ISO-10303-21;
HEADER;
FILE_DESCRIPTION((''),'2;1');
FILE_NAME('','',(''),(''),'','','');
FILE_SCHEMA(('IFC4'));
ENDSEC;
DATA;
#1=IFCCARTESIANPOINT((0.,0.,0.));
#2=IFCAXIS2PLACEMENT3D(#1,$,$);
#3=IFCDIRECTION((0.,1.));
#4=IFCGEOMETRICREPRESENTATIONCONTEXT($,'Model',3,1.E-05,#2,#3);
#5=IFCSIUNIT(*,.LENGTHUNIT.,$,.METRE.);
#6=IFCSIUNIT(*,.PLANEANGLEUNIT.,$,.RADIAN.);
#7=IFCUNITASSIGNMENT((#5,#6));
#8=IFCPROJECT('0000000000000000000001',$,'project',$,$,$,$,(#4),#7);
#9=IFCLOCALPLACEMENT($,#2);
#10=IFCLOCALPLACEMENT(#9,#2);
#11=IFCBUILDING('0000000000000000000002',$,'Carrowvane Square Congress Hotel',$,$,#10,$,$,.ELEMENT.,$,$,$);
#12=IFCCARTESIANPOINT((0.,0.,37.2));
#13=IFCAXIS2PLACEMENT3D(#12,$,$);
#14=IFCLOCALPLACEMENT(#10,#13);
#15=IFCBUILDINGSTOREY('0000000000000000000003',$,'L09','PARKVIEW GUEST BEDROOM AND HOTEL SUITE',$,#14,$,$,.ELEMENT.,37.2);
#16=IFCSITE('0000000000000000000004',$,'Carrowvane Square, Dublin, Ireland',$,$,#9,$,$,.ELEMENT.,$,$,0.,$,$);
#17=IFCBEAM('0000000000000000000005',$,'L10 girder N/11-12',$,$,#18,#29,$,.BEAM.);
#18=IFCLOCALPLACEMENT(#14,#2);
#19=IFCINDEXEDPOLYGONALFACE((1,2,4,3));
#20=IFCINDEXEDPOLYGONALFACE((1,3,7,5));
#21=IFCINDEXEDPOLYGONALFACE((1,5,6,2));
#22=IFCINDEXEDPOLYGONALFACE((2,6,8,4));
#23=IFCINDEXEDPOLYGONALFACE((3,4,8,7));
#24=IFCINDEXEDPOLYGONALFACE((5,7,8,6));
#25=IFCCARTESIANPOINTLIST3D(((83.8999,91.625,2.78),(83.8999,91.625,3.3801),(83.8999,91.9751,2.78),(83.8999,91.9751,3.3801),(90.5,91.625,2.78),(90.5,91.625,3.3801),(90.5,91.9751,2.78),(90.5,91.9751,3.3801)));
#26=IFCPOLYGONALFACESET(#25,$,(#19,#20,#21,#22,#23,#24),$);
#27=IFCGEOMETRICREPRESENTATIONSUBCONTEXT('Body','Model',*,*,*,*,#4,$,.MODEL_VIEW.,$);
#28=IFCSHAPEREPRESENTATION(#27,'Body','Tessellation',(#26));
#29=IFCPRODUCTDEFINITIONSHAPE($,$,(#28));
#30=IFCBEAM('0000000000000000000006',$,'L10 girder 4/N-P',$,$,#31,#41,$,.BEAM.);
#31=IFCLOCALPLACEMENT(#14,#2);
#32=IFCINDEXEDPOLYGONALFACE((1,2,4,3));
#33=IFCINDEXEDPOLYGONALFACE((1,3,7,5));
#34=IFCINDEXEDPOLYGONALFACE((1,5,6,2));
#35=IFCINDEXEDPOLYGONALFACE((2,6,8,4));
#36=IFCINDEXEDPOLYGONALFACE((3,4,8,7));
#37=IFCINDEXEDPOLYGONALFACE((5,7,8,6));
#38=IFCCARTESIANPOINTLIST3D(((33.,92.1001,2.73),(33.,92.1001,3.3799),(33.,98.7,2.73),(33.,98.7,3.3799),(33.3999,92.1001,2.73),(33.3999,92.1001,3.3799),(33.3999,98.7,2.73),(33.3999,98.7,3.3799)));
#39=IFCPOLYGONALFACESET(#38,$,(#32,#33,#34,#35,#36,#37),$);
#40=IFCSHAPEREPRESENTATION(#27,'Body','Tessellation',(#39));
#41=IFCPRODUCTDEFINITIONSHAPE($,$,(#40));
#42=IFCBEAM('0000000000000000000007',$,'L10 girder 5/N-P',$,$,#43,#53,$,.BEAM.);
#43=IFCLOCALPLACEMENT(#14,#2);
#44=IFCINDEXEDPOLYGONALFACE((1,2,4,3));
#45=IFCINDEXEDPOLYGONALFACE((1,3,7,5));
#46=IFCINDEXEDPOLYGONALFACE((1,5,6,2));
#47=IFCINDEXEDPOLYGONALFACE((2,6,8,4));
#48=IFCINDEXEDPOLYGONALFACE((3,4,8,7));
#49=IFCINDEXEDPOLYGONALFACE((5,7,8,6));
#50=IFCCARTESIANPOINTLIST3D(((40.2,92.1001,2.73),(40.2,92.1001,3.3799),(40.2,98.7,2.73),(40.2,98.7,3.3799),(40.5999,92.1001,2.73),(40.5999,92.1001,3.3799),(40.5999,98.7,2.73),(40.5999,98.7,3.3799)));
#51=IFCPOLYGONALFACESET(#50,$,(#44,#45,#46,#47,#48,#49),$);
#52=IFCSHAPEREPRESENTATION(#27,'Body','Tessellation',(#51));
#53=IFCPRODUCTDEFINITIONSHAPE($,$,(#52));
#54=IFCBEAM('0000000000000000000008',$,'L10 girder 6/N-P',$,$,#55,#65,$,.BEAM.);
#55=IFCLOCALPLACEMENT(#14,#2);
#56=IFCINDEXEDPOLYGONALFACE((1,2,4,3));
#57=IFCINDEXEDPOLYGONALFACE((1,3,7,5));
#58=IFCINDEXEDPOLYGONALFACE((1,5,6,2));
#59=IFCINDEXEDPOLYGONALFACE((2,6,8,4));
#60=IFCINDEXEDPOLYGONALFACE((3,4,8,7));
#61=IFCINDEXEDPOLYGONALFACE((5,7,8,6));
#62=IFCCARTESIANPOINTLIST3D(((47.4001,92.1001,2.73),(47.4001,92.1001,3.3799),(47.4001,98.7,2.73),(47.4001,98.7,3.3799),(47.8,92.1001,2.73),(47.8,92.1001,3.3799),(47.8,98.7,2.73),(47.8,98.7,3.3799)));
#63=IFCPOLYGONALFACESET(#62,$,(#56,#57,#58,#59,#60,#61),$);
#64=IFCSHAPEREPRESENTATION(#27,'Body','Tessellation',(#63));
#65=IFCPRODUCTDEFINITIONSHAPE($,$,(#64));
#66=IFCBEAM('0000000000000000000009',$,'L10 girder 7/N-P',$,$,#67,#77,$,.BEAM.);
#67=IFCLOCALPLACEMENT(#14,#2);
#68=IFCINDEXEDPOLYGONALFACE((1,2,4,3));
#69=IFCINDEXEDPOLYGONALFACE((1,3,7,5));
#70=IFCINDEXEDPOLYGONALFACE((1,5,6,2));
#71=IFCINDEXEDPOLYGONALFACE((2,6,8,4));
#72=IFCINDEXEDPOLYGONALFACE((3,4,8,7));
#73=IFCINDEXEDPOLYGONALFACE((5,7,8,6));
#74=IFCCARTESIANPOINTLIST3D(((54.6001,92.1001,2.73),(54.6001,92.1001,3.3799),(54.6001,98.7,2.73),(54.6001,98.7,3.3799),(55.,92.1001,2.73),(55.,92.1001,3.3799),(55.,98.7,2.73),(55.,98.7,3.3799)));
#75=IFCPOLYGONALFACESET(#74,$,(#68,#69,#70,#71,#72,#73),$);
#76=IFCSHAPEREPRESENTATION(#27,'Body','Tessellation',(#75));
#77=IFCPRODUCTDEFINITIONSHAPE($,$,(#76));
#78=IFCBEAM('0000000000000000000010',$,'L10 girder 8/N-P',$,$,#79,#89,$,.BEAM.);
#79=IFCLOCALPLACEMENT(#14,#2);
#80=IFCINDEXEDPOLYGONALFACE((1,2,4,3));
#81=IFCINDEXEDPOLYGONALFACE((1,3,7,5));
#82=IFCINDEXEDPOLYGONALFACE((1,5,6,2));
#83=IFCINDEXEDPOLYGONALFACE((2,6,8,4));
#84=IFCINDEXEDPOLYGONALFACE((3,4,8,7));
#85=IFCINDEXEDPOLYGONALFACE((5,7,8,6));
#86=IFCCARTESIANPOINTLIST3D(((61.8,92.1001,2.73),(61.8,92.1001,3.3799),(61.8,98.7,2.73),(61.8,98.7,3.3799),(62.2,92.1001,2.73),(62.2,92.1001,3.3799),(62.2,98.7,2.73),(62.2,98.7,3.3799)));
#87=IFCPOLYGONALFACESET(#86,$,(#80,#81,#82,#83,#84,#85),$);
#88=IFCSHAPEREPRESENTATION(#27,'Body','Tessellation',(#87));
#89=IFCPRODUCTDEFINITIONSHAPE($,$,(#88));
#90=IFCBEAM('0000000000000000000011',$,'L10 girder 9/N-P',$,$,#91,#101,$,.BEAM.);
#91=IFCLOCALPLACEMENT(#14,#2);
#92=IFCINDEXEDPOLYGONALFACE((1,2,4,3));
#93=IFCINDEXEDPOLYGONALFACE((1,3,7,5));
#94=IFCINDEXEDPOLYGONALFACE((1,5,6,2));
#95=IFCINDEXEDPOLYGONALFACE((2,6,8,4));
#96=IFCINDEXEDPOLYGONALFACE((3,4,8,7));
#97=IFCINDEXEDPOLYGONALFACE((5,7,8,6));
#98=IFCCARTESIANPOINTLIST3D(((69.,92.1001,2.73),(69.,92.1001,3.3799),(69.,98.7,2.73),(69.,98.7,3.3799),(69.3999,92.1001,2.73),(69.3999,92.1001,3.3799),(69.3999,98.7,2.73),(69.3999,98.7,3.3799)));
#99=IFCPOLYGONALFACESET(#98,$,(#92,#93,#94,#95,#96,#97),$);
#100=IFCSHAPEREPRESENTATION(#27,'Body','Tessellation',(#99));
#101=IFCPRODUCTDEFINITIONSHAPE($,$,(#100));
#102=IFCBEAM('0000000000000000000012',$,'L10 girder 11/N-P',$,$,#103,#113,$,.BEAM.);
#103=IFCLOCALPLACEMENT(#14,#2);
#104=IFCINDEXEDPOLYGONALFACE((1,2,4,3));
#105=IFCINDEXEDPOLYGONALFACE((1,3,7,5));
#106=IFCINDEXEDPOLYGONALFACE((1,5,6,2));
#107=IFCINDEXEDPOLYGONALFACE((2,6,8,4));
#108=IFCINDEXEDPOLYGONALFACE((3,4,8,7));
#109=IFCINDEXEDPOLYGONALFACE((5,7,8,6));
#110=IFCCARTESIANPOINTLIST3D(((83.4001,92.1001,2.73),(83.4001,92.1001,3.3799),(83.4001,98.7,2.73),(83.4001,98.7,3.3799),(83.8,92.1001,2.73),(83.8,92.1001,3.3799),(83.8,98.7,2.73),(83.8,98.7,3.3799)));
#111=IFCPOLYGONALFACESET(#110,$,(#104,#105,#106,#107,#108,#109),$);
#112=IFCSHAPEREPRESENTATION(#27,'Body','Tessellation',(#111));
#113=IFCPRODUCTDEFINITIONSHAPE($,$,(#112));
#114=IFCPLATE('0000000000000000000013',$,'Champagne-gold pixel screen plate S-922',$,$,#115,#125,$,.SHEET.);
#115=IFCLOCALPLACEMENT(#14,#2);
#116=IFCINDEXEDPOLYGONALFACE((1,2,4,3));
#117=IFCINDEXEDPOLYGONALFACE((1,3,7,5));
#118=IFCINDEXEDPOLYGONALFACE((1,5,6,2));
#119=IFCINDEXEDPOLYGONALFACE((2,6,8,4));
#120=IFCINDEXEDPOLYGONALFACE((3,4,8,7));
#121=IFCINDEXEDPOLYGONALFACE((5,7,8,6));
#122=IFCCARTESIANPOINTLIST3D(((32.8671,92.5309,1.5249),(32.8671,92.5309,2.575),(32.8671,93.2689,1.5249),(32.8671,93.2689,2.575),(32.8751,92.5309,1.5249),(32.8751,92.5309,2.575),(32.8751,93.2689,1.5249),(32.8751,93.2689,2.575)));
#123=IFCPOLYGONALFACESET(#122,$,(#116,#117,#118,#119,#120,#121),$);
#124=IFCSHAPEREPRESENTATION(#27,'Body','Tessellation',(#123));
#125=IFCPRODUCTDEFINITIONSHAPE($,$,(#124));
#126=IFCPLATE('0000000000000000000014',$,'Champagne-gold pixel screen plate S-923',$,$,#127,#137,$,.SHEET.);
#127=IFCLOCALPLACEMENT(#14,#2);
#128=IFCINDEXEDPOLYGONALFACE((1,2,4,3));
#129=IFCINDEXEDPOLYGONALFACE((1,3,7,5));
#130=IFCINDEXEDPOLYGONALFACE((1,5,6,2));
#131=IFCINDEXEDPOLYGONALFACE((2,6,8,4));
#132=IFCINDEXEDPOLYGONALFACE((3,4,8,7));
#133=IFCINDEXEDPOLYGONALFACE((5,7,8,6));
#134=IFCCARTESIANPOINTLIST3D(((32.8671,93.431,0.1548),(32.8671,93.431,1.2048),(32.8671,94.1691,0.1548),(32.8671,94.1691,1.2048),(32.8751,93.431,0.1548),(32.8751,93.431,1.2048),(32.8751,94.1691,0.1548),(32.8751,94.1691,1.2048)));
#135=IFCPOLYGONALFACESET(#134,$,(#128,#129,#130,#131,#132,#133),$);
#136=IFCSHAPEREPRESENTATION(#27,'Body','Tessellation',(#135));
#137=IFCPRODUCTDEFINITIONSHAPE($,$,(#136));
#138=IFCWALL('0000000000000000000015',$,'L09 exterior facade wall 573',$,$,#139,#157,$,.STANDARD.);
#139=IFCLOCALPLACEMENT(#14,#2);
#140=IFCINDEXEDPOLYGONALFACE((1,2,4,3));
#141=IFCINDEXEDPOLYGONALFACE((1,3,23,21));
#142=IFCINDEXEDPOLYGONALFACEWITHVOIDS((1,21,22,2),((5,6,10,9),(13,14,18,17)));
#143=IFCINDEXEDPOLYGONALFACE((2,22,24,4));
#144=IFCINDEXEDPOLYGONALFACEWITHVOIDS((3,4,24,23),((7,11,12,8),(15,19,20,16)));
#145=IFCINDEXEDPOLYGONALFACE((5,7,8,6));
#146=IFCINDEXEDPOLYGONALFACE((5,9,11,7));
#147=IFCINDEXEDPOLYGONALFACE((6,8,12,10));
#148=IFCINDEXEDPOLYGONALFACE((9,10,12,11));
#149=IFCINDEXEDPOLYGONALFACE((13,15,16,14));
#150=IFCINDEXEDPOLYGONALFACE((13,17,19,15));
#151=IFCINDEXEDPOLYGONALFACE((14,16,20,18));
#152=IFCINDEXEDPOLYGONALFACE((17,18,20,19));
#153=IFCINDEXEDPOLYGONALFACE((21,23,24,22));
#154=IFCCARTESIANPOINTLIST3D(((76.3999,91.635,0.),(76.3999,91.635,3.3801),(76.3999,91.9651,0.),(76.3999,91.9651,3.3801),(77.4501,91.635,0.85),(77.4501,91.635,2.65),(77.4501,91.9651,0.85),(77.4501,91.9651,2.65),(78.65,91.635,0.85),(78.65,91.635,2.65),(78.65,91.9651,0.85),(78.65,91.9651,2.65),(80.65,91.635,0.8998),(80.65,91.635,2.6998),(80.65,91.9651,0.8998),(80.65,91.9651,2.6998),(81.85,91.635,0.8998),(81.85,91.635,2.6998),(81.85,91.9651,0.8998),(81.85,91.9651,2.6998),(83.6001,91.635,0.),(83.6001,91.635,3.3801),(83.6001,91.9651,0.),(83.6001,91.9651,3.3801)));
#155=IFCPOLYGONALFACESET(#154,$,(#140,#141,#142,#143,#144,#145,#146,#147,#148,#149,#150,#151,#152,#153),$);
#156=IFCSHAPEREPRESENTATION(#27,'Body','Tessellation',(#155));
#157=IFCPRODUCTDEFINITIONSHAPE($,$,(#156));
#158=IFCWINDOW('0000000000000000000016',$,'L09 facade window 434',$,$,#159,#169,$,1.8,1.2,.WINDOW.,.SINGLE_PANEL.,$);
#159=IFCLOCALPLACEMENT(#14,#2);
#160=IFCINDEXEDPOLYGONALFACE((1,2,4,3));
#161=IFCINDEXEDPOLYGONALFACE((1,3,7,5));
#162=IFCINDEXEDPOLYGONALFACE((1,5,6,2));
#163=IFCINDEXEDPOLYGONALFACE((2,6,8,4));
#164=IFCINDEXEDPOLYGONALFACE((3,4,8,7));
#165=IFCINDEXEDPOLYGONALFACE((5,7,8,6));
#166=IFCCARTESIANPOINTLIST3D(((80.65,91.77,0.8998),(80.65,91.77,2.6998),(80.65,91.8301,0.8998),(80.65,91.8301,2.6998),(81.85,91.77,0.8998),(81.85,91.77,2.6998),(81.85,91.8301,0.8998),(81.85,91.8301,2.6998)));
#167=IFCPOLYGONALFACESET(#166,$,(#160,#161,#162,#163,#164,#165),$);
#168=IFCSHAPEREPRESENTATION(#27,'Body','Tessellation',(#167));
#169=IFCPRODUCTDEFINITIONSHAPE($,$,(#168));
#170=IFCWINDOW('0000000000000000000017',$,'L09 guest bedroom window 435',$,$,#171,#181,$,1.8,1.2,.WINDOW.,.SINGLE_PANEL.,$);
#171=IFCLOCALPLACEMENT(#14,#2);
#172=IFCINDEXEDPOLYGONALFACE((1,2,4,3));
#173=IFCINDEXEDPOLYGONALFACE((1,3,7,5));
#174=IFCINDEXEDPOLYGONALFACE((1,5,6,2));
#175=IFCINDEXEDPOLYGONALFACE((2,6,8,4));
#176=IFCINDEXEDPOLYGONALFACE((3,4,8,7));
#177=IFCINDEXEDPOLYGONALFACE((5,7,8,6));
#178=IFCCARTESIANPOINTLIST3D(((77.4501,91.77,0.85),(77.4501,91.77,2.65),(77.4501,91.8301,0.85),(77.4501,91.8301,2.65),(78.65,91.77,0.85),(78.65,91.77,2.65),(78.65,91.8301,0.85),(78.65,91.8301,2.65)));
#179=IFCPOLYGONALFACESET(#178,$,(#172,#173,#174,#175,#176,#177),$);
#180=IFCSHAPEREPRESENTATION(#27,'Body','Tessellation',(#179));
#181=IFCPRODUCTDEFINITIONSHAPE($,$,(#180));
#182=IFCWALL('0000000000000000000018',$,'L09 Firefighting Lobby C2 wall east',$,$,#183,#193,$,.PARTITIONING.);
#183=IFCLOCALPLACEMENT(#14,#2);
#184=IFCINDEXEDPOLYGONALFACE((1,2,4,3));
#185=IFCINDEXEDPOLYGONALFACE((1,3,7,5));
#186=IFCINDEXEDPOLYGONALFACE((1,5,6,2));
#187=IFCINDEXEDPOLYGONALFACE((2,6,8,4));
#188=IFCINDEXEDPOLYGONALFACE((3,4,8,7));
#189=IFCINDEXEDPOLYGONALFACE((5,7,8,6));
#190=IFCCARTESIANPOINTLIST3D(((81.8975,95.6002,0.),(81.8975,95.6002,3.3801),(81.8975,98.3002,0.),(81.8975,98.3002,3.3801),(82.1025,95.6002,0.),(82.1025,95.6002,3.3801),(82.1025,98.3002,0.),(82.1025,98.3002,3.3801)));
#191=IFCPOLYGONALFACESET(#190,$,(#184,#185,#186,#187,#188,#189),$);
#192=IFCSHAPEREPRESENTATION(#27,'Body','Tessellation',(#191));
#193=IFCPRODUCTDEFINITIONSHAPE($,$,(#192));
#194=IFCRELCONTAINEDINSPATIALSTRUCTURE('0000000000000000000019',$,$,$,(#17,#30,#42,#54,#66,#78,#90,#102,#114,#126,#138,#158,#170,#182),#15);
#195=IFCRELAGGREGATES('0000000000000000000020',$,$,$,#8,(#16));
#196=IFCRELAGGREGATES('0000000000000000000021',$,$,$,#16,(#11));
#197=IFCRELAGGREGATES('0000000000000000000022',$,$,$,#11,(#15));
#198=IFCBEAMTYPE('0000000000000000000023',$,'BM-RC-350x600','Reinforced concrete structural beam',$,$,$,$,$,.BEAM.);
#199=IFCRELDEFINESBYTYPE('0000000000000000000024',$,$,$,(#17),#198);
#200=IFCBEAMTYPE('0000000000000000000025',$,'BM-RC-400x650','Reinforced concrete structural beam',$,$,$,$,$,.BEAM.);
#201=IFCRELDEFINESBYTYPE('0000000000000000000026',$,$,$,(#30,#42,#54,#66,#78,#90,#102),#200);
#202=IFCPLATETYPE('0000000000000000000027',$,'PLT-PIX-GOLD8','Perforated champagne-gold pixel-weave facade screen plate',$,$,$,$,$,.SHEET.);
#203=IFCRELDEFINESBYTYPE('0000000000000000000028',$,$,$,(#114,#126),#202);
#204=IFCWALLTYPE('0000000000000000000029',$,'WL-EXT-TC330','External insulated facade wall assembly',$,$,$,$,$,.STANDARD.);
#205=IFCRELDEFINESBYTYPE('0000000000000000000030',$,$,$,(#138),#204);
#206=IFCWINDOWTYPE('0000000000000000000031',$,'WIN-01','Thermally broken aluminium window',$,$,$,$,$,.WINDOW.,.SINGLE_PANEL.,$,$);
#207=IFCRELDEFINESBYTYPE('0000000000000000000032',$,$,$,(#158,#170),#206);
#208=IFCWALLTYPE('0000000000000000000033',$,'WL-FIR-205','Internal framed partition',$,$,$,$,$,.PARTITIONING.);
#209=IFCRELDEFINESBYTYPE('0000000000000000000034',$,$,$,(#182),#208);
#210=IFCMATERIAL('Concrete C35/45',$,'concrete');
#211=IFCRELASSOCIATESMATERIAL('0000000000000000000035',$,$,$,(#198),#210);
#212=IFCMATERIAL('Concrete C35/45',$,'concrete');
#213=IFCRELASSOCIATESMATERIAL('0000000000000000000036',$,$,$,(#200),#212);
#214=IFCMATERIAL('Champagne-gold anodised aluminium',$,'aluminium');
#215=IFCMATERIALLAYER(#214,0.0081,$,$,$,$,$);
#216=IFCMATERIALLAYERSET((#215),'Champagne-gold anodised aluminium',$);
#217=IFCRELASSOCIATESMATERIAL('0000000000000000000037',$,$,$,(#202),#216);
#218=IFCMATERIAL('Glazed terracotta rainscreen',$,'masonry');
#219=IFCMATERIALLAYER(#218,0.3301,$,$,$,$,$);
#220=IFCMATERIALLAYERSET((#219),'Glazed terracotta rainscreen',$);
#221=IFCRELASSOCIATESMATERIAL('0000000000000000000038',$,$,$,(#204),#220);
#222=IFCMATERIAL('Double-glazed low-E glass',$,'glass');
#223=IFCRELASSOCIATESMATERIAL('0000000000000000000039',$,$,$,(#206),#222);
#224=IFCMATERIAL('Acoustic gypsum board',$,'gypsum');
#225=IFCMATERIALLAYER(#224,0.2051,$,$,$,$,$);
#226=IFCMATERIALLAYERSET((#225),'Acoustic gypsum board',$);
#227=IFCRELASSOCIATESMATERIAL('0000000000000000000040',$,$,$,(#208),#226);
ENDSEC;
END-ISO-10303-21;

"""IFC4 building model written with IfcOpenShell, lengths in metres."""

from ifc_helpers import new_model, si_unit, direction, frame, frame_2d, origin, origin_2d, place, context, subcontext, project, spatial, rectangle, extrude, material, layer, layer_set, material_profile, profile_set, type_object, element, fill, save


model = new_model("IFC4")

# Units and contexts
model_context = context("Model", 3, precision=1e-05, world=origin(), true_north=direction((0.0, 1.0)))
body_context = subcontext(model_context, "Body", "Model", "MODEL_VIEW")
ifc_project = project(units=[si_unit("LENGTHUNIT", "METRE"), si_unit("PLANEANGLEUNIT", "RADIAN")], contexts=[model_context])

# Site, building, storey
site_placement = place(None, origin())
site = spatial("IfcSite", under=ifc_project, at=site_placement, Name="Carrowvane Square, Dublin, Ireland", CompositionType="ELEMENT", RefElevation=0.0)
building_placement = place(site_placement, origin())
building = spatial("IfcBuilding", under=site, at=building_placement, Name="Carrowvane Square Congress Hotel", CompositionType="ELEMENT")
storey_placement = place(building_placement, frame((0.0, 0.0, 37.2)))
storey = spatial("IfcBuildingStorey", under=building, at=storey_placement, Name="L09", Description="PARKVIEW GUEST BEDROOM AND HOTEL SUITE", CompositionType="ELEMENT", Elevation=37.2)

# Beams
ifc_material_1 = material(Name="Concrete C35/45", Category="concrete")
ifc_material_profile_1 = material_profile(ifc_material_1, rectangle(XDim=0.3501, YDim=0.6001, at=origin_2d()), Name="RC 350x600")
ifc_profile_set_1 = profile_set([ifc_material_profile_1], Name="Concrete C35/45")
beam_type_1 = type_object("IfcBeamType", Name="BM-RC-350x600", Description="Reinforced concrete structural beam", PredefinedType="BEAM", material=ifc_profile_set_1)
beam_placement = place(storey_placement, frame((83.8999, 91.8, 3.0801), z_axis=(1.0, 0.0, 0.0), x_axis=(0.0, 1.0, 0.0)))
element("IfcBeam", 1, at=beam_placement, inside=storey, type_object=beam_type_1, Name="L10 girder N/11-12", PredefinedType="BEAM", context=body_context, shape_type="SweptSolid", body=[
    extrude(rectangle(XDim=0.3501, YDim=0.6001, at=origin_2d()), origin(), (0.0, 0.0, 1.0), 6.6001),
])
ifc_material_2 = material(Name="Concrete C35/45", Category="concrete")
ifc_material_profile_2 = material_profile(ifc_material_2, rectangle(XDim=0.3999, YDim=0.6499, at=origin_2d()), Name="RC 400x650")
ifc_profile_set_2 = profile_set([ifc_material_profile_2], Name="Concrete C35/45")
beam_type_2 = type_object("IfcBeamType", Name="BM-RC-400x650", Description="Reinforced concrete structural beam", PredefinedType="BEAM", material=ifc_profile_set_2)
for number, where, z_axis, x_axis, name in (
    (2, (33.2, 92.1001, 3.0549), (0.0, 1.0, 0.0), (-1.0, 0.0, 0.0), "L10 girder 4/N-P"),
    (3, (40.3999, 92.1001, 3.0549), (0.0, 1.0, 0.0), (-1.0, 0.0, 0.0), "L10 girder 5/N-P"),
    (4, (47.6001, 92.1001, 3.0549), (0.0, 1.0, 0.0), (-1.0, 0.0, 0.0), "L10 girder 6/N-P"),
    (5, (54.8, 92.1001, 3.0549), (0.0, 1.0, 0.0), (-1.0, 0.0, 0.0), "L10 girder 7/N-P"),
    (6, (62.0, 92.1001, 3.0549), (0.0, 1.0, 0.0), (-1.0, 0.0, 0.0), "L10 girder 8/N-P"),
    (7, (69.2, 92.1001, 3.0549), (0.0, 1.0, 0.0), (-1.0, 0.0, 0.0), "L10 girder 9/N-P"),
    (8, (83.6001, 92.1001, 3.0549), (0.0, 1.0, 0.0), (-1.0, 0.0, 0.0), "L10 girder 11/N-P"),
):
    element("IfcBeam", number, at=place(storey_placement, frame(where, z_axis=z_axis, x_axis=x_axis)), inside=storey, type_object=beam_type_2, Name=name, PredefinedType="BEAM", context=body_context, shape_type="SweptSolid", body=[
        extrude(rectangle(XDim=0.3999, YDim=0.6499, at=origin_2d()), origin(), (0.0, 0.0, 1.0), 6.5999),
    ])

# Plates
ifc_material_3 = material(Name="Champagne-gold anodised aluminium", Category="aluminium")
ifc_layer_1 = layer(ifc_material_3, 0.0081)
ifc_layer_set_1 = layer_set([ifc_layer_1], Name="Champagne-gold anodised aluminium")
plate_type = type_object("IfcPlateType", Name="PLT-PIX-GOLD8", Description="Perforated champagne-gold pixel-weave facade screen plate", PredefinedType="SHEET", material=ifc_layer_set_1)
for number, where, z_axis, x_axis, name in (
    (9, (32.8711, 92.8999, 1.5249), (0.0, 0.0, 1.0), (0.0, 1.0, 0.0), "Champagne-gold pixel screen plate S-922"),
    (10, (32.8711, 93.8, 0.1548), (0.0, 0.0, 1.0), (0.0, 1.0, 0.0), "Champagne-gold pixel screen plate S-923"),
):
    element("IfcPlate", number, at=place(storey_placement, frame(where, z_axis=z_axis, x_axis=x_axis)), inside=storey, type_object=plate_type, Name=name, PredefinedType="SHEET", context=body_context, shape_type="SweptSolid", body=[
        extrude(rectangle(XDim=0.738, YDim=0.0081, at=origin_2d()), origin(), (0.0, 0.0, 1.0), 1.05),
    ])

# Wall, openings, windows
ifc_material_4 = material(Name="Glazed terracotta rainscreen", Category="masonry")
ifc_layer_2 = layer(ifc_material_4, 0.3301)
ifc_layer_set_2 = layer_set([ifc_layer_2], Name="Glazed terracotta rainscreen")
wall_type_1 = type_object("IfcWallType", Name="WL-EXT-TC330", Description="External insulated facade wall assembly", PredefinedType="STANDARD", material=ifc_layer_set_2)
wall_1_placement = place(storey_placement, frame((83.6001, 91.8, 0.0), z_axis=(0.0, 0.0, 1.0), x_axis=(-1.0, 0.0, 0.0)))
wall_1 = element("IfcWall", 11, at=wall_1_placement, inside=storey, type_object=wall_type_1, Name="L09 exterior facade wall 573", PredefinedType="STANDARD", context=body_context, shape_type="SweptSolid", body=[
    extrude(rectangle(XDim=7.2002, YDim=0.3301, at=frame_2d((3.6001, 0.0))), origin(), (0.0, 0.0, 1.0), 3.3801),
])
opening_1_placement = place(wall_1_placement, frame((1.75, 0.0, 0.8999)))
opening_1 = element("IfcOpeningElement", 12, at=opening_1_placement, cuts=wall_1, PredefinedType="OPENING", context=body_context, shape_type="SweptSolid", body=[
    extrude(rectangle(XDim=1.2, YDim=1.8, at=frame_2d((0.6001, 0.8999))), frame((0.0, 0.175, 0.0), z_axis=(0.0, -1.0, 0.0), x_axis=(1.0, 0.0, 0.0)), (0.0, 0.0, 1.0), 0.3501),
])
opening_2_placement = place(wall_1_placement, frame((4.95, 0.0, 0.8501)))
opening_2 = element("IfcOpeningElement", 13, at=opening_2_placement, cuts=wall_1, PredefinedType="OPENING", context=body_context, shape_type="SweptSolid", body=[
    extrude(rectangle(XDim=1.2, YDim=1.8, at=frame_2d((0.6001, 0.8999))), frame((0.0, 0.175, 0.0), z_axis=(0.0, -1.0, 0.0), x_axis=(1.0, 0.0, 0.0)), (0.0, 0.0, 1.0), 0.3501),
])
ifc_material_5 = material(Name="Double-glazed low-E glass", Category="glass")
window_type = type_object("IfcWindowType", Name="WIN-01", Description="Thermally broken aluminium window", PartitioningType="SINGLE_PANEL", PredefinedType="WINDOW", material=ifc_material_5)
window_1_placement = place(opening_1_placement, origin())
window_1 = element("IfcWindow", 14, at=window_1_placement, inside=storey, type_object=window_type, Name="L09 facade window 434", OverallHeight=1.8, OverallWidth=1.2, PartitioningType="SINGLE_PANEL", PredefinedType="WINDOW", context=body_context, shape_type="SweptSolid", body=[
    extrude(rectangle(XDim=1.2, YDim=1.8, at=frame_2d((0.6001, 0.8999))), frame((0.0, 0.03, 0.0), z_axis=(0.0, -1.0, 0.0), x_axis=(1.0, 0.0, 0.0)), (0.0, 0.0, 1.0), 0.0601),
])
fill(opening_1, window_1)
window_2_placement = place(opening_2_placement, origin())
window_2 = element("IfcWindow", 15, at=window_2_placement, inside=storey, type_object=window_type, Name="L09 guest bedroom window 435", OverallHeight=1.8, OverallWidth=1.2, PartitioningType="SINGLE_PANEL", PredefinedType="WINDOW", context=body_context, shape_type="SweptSolid", body=[
    extrude(rectangle(XDim=1.2, YDim=1.8, at=frame_2d((0.6001, 0.8999))), frame((0.0, 0.03, 0.0), z_axis=(0.0, -1.0, 0.0), x_axis=(1.0, 0.0, 0.0)), (0.0, 0.0, 1.0), 0.0601),
])
fill(opening_2, window_2)

# Wall
ifc_material_6 = material(Name="Acoustic gypsum board", Category="gypsum")
ifc_layer_3 = layer(ifc_material_6, 0.2051)
ifc_layer_set_3 = layer_set([ifc_layer_3], Name="Acoustic gypsum board")
wall_type_2 = type_object("IfcWallType", Name="WL-FIR-205", Description="Internal framed partition", PredefinedType="PARTITIONING", material=ifc_layer_set_3)
wall_2_placement = place(storey_placement, frame((82.0, 95.6001, 0.0), z_axis=(0.0, 0.0, 1.0), x_axis=(0.0, 1.0, 0.0)))
element("IfcWall", 16, at=wall_2_placement, inside=storey, type_object=wall_type_2, Name="L09 Firefighting Lobby C2 wall east", PredefinedType="PARTITIONING", context=body_context, shape_type="SweptSolid", body=[
    extrude(rectangle(XDim=2.7, YDim=0.2051, at=frame_2d((1.3501, 0.0))), origin(), (0.0, 0.0, 1.0), 3.3801),
])

save(model, "model.ifc")
